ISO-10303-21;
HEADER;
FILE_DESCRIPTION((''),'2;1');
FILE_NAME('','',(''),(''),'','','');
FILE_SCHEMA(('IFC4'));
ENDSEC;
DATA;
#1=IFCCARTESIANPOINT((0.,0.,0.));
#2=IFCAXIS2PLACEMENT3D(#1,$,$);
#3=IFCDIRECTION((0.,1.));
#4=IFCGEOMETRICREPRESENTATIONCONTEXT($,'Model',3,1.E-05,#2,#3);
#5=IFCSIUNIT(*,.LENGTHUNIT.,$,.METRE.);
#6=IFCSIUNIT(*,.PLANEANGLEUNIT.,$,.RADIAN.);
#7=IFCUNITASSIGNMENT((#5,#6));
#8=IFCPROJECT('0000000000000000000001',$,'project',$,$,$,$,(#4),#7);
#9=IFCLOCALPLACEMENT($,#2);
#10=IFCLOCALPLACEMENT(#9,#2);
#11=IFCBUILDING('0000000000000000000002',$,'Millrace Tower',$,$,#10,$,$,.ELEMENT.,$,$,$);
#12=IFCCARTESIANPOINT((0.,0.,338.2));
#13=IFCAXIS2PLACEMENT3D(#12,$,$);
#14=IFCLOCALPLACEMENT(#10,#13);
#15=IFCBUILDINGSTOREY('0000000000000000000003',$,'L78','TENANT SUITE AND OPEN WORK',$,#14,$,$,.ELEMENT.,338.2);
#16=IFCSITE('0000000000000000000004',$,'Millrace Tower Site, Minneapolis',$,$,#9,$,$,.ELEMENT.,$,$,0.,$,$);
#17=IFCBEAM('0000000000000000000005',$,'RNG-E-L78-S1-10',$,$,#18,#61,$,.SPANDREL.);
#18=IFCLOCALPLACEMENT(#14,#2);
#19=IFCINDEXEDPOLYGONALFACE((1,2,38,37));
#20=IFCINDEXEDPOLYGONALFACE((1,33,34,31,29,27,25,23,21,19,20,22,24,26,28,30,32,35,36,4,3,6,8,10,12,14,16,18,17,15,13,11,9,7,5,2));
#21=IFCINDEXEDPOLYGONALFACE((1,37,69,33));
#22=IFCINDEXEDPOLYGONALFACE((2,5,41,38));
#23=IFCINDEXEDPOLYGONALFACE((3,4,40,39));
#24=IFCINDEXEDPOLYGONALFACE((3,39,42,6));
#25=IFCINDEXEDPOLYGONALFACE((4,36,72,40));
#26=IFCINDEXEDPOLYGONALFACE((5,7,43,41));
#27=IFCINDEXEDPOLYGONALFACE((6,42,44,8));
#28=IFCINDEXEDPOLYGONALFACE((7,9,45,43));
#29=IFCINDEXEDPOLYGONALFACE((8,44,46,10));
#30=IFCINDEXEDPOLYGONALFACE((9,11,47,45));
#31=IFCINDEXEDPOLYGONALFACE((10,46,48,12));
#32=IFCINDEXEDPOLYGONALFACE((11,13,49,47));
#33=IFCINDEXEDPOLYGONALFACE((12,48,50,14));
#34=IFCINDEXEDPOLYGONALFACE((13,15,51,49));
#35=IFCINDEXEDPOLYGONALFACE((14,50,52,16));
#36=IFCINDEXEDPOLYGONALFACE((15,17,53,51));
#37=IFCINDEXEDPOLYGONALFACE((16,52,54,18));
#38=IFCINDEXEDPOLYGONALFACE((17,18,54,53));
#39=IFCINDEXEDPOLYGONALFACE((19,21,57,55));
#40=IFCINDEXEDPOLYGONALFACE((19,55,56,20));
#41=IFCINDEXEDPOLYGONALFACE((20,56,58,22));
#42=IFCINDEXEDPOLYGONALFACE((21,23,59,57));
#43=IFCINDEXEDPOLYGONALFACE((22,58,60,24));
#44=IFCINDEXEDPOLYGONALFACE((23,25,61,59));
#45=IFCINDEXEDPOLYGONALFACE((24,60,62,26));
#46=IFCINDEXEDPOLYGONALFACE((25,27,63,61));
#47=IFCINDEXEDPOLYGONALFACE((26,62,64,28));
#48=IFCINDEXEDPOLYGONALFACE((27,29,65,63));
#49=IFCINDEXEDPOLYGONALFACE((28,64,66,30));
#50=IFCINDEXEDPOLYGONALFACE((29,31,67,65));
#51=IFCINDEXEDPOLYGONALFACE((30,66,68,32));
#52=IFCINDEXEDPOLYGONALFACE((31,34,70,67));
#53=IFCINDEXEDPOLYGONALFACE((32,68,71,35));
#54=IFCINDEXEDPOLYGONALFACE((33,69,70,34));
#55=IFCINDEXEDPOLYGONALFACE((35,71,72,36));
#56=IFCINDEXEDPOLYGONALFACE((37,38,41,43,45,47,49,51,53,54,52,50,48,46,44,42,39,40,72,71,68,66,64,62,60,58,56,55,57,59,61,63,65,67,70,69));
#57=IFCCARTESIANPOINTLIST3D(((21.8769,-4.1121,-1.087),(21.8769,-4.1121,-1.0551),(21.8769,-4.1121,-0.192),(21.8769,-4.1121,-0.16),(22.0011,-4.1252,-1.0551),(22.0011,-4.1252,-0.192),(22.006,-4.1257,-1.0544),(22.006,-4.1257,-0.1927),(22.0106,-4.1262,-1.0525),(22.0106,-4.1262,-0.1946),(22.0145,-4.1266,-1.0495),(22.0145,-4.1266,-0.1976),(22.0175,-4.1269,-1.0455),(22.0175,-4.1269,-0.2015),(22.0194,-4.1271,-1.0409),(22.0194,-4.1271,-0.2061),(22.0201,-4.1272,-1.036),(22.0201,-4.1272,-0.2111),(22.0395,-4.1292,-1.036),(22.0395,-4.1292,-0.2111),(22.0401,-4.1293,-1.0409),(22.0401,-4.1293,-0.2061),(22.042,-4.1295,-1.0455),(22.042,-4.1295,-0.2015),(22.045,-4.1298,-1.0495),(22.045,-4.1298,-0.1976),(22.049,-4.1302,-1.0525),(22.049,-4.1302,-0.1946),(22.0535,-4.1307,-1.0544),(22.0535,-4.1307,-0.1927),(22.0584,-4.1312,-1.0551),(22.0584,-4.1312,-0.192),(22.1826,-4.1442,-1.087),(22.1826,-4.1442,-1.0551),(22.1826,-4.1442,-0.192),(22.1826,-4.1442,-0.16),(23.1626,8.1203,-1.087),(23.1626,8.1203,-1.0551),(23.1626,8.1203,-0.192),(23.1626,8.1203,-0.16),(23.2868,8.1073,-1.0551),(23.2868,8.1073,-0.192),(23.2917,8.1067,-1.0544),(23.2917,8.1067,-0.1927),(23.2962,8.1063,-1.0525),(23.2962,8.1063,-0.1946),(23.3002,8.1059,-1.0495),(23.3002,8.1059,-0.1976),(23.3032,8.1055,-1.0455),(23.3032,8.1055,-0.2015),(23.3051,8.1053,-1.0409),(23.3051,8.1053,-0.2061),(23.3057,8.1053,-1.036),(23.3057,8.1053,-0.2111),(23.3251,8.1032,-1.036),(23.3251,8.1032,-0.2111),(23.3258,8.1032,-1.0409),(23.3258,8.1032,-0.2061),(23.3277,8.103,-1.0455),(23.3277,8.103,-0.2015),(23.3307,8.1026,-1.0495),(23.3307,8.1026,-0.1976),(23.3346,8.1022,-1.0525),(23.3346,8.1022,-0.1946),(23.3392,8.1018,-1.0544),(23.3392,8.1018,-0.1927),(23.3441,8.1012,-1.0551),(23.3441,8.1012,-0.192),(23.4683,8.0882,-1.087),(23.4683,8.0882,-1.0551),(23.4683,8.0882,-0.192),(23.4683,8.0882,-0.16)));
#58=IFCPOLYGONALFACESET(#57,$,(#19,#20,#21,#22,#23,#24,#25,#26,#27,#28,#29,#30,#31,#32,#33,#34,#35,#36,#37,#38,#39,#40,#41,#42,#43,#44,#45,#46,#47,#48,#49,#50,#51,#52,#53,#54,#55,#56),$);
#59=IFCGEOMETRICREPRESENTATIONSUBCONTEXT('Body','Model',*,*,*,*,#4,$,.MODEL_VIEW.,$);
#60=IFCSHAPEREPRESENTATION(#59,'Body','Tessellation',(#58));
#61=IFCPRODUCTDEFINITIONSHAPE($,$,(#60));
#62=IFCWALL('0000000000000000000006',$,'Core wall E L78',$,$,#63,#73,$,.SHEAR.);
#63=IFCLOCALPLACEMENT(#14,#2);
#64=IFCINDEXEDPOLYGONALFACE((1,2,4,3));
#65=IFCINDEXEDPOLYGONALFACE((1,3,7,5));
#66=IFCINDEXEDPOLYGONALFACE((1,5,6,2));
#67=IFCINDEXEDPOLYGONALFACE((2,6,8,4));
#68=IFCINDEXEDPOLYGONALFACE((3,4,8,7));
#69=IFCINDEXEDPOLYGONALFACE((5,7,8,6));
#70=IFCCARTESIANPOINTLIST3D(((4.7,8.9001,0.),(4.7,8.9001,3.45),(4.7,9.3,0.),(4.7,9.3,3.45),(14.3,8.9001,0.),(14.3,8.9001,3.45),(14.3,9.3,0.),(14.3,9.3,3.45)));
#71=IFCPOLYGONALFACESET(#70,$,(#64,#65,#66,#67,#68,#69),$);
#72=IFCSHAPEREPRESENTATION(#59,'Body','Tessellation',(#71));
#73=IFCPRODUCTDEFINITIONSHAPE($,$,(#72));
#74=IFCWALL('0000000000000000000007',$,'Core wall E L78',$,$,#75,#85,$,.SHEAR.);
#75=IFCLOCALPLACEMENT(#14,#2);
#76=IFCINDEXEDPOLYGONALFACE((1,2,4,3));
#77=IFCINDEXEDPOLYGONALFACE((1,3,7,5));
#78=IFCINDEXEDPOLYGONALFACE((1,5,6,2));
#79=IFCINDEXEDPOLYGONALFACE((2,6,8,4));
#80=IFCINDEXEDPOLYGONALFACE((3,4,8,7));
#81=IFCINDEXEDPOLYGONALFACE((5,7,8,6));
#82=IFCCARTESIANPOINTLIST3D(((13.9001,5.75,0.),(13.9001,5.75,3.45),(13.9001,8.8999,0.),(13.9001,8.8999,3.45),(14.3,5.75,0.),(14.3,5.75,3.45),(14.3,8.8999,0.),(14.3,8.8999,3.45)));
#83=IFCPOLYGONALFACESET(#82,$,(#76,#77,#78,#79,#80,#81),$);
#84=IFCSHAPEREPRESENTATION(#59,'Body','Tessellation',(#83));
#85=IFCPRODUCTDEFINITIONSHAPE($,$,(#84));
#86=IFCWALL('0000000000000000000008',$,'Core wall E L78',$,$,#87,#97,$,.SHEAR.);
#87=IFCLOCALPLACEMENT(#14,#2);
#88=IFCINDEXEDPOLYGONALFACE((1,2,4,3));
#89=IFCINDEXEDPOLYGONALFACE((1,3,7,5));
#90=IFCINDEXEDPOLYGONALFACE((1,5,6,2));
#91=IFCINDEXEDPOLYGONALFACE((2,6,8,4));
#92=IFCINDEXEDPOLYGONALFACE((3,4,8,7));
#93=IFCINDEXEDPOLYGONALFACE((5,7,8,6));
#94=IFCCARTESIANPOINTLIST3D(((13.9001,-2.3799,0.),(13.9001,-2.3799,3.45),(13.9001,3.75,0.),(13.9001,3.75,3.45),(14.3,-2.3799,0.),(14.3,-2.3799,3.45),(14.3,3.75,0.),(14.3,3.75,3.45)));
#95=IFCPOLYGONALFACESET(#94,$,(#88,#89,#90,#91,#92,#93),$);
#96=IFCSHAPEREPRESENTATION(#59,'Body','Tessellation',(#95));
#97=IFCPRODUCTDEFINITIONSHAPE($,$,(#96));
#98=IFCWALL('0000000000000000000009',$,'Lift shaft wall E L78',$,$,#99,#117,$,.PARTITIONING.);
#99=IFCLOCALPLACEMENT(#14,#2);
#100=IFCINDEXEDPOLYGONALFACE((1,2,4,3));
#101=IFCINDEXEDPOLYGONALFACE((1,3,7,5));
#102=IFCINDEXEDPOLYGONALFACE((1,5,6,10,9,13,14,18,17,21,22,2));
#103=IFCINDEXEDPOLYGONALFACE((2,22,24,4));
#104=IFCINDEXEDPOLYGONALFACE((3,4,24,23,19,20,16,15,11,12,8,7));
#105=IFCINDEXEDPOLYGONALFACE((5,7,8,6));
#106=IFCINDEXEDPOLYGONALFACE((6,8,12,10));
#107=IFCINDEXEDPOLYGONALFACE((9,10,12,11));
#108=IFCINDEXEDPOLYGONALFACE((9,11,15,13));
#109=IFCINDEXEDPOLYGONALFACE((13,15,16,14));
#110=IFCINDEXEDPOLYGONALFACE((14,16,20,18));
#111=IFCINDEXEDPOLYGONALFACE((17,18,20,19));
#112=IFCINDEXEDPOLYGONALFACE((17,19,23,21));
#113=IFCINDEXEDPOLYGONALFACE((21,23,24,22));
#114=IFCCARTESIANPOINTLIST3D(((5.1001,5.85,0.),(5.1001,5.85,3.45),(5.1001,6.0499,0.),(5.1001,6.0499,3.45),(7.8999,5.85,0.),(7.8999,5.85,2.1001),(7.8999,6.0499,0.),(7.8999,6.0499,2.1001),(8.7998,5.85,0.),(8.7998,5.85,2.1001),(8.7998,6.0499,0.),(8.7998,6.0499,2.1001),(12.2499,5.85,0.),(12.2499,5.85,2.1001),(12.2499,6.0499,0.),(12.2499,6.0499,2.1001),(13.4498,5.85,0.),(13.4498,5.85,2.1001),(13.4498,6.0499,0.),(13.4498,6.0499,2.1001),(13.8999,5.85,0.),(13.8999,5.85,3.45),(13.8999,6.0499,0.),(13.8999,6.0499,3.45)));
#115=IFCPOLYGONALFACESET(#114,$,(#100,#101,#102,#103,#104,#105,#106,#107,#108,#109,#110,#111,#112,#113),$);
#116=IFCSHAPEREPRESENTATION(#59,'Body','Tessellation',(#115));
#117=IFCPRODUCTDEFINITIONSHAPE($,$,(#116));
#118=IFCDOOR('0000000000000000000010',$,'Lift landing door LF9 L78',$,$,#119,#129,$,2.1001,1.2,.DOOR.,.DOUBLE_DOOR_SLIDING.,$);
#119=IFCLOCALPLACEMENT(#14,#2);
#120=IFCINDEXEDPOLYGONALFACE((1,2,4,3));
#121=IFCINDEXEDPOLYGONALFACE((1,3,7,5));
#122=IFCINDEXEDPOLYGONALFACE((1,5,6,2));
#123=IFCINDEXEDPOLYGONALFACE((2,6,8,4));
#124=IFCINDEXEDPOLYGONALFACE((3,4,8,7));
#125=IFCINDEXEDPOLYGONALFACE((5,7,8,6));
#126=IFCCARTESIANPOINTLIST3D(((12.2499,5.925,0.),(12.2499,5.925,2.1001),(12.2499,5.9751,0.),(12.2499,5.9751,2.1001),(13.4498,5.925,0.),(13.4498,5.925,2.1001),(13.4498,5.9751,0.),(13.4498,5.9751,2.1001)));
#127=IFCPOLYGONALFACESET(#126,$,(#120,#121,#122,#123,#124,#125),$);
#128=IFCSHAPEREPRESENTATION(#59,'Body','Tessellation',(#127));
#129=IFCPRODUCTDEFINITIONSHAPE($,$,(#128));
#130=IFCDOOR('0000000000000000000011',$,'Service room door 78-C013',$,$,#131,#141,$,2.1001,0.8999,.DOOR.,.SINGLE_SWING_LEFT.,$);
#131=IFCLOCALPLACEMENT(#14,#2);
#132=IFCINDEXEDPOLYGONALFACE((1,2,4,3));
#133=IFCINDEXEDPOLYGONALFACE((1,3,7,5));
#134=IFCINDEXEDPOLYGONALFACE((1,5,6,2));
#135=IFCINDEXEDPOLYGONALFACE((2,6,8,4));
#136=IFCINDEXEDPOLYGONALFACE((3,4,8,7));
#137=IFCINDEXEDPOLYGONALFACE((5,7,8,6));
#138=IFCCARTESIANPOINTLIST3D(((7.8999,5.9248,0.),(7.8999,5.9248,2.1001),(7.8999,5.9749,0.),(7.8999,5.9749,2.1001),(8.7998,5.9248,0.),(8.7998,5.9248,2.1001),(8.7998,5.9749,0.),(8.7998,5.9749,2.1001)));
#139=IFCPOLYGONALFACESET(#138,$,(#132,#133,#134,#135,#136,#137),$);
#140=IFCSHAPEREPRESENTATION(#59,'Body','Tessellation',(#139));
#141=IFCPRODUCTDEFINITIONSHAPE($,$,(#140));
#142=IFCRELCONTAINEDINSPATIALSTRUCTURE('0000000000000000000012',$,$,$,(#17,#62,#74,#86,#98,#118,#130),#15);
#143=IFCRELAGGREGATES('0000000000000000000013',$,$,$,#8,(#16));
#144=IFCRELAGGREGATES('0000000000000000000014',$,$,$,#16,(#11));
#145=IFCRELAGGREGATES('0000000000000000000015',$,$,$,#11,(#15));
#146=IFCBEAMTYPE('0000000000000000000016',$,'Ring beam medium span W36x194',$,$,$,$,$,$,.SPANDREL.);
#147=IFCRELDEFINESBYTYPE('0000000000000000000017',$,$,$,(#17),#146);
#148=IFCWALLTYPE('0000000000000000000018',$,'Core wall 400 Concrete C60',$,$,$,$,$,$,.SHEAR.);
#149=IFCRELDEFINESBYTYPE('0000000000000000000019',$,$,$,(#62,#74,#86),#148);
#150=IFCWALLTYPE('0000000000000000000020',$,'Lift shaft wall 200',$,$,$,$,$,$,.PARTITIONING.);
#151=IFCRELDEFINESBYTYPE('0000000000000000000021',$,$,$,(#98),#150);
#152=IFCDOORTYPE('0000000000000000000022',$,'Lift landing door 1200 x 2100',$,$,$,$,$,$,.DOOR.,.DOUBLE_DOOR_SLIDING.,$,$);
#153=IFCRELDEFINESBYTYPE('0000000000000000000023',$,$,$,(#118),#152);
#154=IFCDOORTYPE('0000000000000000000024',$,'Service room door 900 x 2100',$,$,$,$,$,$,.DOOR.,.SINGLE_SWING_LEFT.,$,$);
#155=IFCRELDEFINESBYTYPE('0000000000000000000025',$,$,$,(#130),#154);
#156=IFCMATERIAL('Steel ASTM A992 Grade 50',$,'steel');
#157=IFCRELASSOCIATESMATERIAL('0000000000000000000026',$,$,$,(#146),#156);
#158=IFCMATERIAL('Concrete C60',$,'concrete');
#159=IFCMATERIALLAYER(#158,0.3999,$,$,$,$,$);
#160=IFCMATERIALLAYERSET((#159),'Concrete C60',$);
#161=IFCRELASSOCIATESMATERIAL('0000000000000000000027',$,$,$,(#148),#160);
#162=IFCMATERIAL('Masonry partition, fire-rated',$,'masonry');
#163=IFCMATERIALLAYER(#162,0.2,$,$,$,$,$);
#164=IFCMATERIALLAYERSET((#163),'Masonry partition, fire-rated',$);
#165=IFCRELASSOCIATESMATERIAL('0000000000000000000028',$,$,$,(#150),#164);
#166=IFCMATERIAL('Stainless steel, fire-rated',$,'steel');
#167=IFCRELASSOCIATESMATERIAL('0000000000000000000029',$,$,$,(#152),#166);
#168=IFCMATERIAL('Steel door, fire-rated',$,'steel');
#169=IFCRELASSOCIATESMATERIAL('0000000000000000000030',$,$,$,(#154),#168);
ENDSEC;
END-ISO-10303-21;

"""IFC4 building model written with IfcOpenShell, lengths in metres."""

from ifc_helpers import new_model, si_unit, direction, frame, frame_2d, origin, origin_2d, place, context, subcontext, project, spatial, rectangle, i_section, extrude, material, layer, layer_set, material_profile, profile_set, type_object, element, fill, save


model = new_model("IFC4")

# Units and contexts
model_context = context("Model", 3, precision=1e-05, world=origin(), true_north=direction((0.0, 1.0)))
body_context = subcontext(model_context, "Body", "Model", "MODEL_VIEW")
ifc_project = project(units=[si_unit("LENGTHUNIT", "METRE"), si_unit("PLANEANGLEUNIT", "RADIAN")], contexts=[model_context])

# Site, building, storey
site_placement = place(None, origin())
site = spatial("IfcSite", under=ifc_project, at=site_placement, Name="Millrace Tower Site, Minneapolis", CompositionType="ELEMENT", RefElevation=0.0)
building_placement = place(site_placement, origin())
building = spatial("IfcBuilding", under=site, at=building_placement, Name="Millrace Tower", CompositionType="ELEMENT")
storey_placement = place(building_placement, frame((0.0, 0.0, 338.2)))
storey = spatial("IfcBuildingStorey", under=building, at=storey_placement, Name="L78", Description="TENANT SUITE AND OPEN WORK", CompositionType="ELEMENT", Elevation=338.2)

# Beam
ifc_material_1 = material(Name="Steel ASTM A992 Grade 50", Category="steel")
ifc_material_profile_1 = material_profile(ifc_material_1, i_section(OverallWidth=0.3074, OverallDepth=0.927, WebThickness=0.0195, FlangeThickness=0.032, FilletRadius=0.019, at=origin_2d()))
ifc_profile_set_1 = profile_set([ifc_material_profile_1], Name="Steel ASTM A992 Grade 50")
beam_type_1 = type_object("IfcBeamType", Name="Ring beam medium span W36x194", PredefinedType="SPANDREL", material=ifc_profile_set_1)
beam_1_placement = place(storey_placement, frame((23.3154, 8.1042, -0.6235), z_axis=(-0.104526, -0.994522, 0.0), x_axis=(0.994522, -0.104526, 0.0)))
element("IfcBeam", 1, at=beam_1_placement, inside=storey, type_object=beam_type_1, Name="RNG-E-L78-S1-10", PredefinedType="SPANDREL", context=body_context, shape_type="SweptSolid", body=[
    extrude(i_section(OverallWidth=0.3074, OverallDepth=0.927, WebThickness=0.0195, FlangeThickness=0.032, FilletRadius=0.019, at=origin_2d()), origin(), (0.0, 0.0, 1.0), 12.2998),
])

# Walls
ifc_material_2 = material(Name="Concrete C60", Category="concrete")
ifc_layer_1 = layer(ifc_material_2, 0.3999)
ifc_layer_set_1 = layer_set([ifc_layer_1], Name="Concrete C60")
wall_type_1 = type_object("IfcWallType", Name="Core wall 400 Concrete C60", PredefinedType="SHEAR", material=ifc_layer_set_1)
wall_1_placement = place(storey_placement, frame((14.3, 9.1001, 0.0), z_axis=(0.0, 0.0, 1.0), x_axis=(-1.0, 0.0, 0.0)))
element("IfcWall", 2, at=wall_1_placement, inside=storey, type_object=wall_type_1, Name="Core wall E L78", PredefinedType="SHEAR", context=body_context, shape_type="SweptSolid", body=[
    extrude(rectangle(XDim=9.6001, YDim=0.3999, at=frame_2d((4.8, 0.0))), origin(), (0.0, 0.0, 1.0), 3.45),
])
wall_2_placement = place(storey_placement, frame((14.1001, 8.8999, 0.0), z_axis=(0.0, 0.0, 1.0), x_axis=(0.0, -1.0, 0.0)))
element("IfcWall", 3, at=wall_2_placement, inside=storey, type_object=wall_type_1, Name="Core wall E L78", PredefinedType="SHEAR", context=body_context, shape_type="SweptSolid", body=[
    extrude(rectangle(XDim=3.1499, YDim=0.3999, at=frame_2d((1.575, 0.0))), origin(), (0.0, 0.0, 1.0), 3.45),
])
wall_3_placement = place(storey_placement, frame((14.1001, 3.75, 0.0), z_axis=(0.0, 0.0, 1.0), x_axis=(0.0, -1.0, 0.0)))
element("IfcWall", 4, at=wall_3_placement, inside=storey, type_object=wall_type_1, Name="Core wall E L78", PredefinedType="SHEAR", context=body_context, shape_type="SweptSolid", body=[
    extrude(rectangle(XDim=6.1299, YDim=0.3999, at=frame_2d((3.0649, 0.0))), origin(), (0.0, 0.0, 1.0), 3.45),
])

# Wall, openings, doors
ifc_material_3 = material(Name="Masonry partition, fire-rated", Category="masonry")
ifc_layer_2 = layer(ifc_material_3, 0.2)
ifc_layer_set_2 = layer_set([ifc_layer_2], Name="Masonry partition, fire-rated")
wall_type_2 = type_object("IfcWallType", Name="Lift shaft wall 200", PredefinedType="PARTITIONING", material=ifc_layer_set_2)
wall_4_placement = place(storey_placement, frame((13.8999, 5.95, 0.0), z_axis=(0.0, 0.0, 1.0), x_axis=(-1.0, 0.0, 0.0)))
wall_4 = element("IfcWall", 5, at=wall_4_placement, inside=storey, type_object=wall_type_2, Name="Lift shaft wall E L78", PredefinedType="PARTITIONING", context=body_context, shape_type="SweptSolid", body=[
    extrude(rectangle(XDim=8.7998, YDim=0.2, at=frame_2d((4.3999, 0.0))), origin(), (0.0, 0.0, 1.0), 3.45),
])
opening_1_placement = place(wall_4_placement, frame((0.45, 0.0, 0.0)))
opening_1 = element("IfcOpeningElement", 6, at=opening_1_placement, cuts=wall_4, PredefinedType="OPENING", context=body_context, shape_type="SweptSolid", body=[
    extrude(rectangle(XDim=1.2, YDim=2.1001, at=frame_2d((0.6001, 1.05))), frame((0.0, 0.1099, 0.0), z_axis=(0.0, -1.0, 0.0), x_axis=(1.0, 0.0, 0.0)), (0.0, 0.0, 1.0), 0.22),
])
opening_2_placement = place(wall_4_placement, frame((5.1001, 0.0, 0.0)))
opening_2 = element("IfcOpeningElement", 7, at=opening_2_placement, cuts=wall_4, PredefinedType="OPENING", context=body_context, shape_type="SweptSolid", body=[
    extrude(rectangle(XDim=0.8999, YDim=2.1001, at=frame_2d((0.45, 1.05))), frame((0.0, 0.1099, 0.0), z_axis=(0.0, -1.0, 0.0), x_axis=(1.0, 0.0, 0.0)), (0.0, 0.0, 1.0), 0.22),
])
ifc_material_4 = material(Name="Stainless steel, fire-rated", Category="steel")
door_type_1 = type_object("IfcDoorType", Name="Lift landing door 1200 x 2100", OperationType="DOUBLE_DOOR_SLIDING", PredefinedType="DOOR", material=ifc_material_4)
door_1_placement = place(opening_1_placement, origin())
door_1 = element("IfcDoor", 8, at=door_1_placement, inside=storey, type_object=door_type_1, Name="Lift landing door LF9 L78", OperationType="DOUBLE_DOOR_SLIDING", OverallHeight=2.1001, OverallWidth=1.2, PredefinedType="DOOR", context=body_context, shape_type="SweptSolid", body=[
    extrude(rectangle(XDim=1.2, YDim=2.1001, at=frame_2d((0.6001, 1.05))), frame((0.0, 0.0249, 0.0), z_axis=(0.0, -1.0, 0.0), x_axis=(1.0, 0.0, 0.0)), (0.0, 0.0, 1.0), 0.05),
])
fill(opening_1, door_1)
ifc_material_5 = material(Name="Steel door, fire-rated", Category="steel")
door_type_2 = type_object("IfcDoorType", Name="Service room door 900 x 2100", OperationType="SINGLE_SWING_LEFT", PredefinedType="DOOR", material=ifc_material_5)
door_2_placement = place(opening_2_placement, frame((0.8999, 0.0, 0.0), z_axis=(0.0, 0.0, 1.0), x_axis=(-1.0, 0.0, 0.0)))
door_2 = element("IfcDoor", 9, at=door_2_placement, inside=storey, type_object=door_type_2, Name="Service room door 78-C013", OperationType="SINGLE_SWING_LEFT", OverallHeight=2.1001, OverallWidth=0.8999, PredefinedType="DOOR", context=body_context, shape_type="SweptSolid", body=[
    extrude(rectangle(XDim=0.8999, YDim=2.1001, at=frame_2d((0.45, 1.05))), frame((0.0, 0.0249, 0.0), z_axis=(0.0, -1.0, 0.0), x_axis=(1.0, 0.0, 0.0)), (0.0, 0.0, 1.0), 0.05),
])
fill(opening_2, door_2)

save(model, "model.ifc")
